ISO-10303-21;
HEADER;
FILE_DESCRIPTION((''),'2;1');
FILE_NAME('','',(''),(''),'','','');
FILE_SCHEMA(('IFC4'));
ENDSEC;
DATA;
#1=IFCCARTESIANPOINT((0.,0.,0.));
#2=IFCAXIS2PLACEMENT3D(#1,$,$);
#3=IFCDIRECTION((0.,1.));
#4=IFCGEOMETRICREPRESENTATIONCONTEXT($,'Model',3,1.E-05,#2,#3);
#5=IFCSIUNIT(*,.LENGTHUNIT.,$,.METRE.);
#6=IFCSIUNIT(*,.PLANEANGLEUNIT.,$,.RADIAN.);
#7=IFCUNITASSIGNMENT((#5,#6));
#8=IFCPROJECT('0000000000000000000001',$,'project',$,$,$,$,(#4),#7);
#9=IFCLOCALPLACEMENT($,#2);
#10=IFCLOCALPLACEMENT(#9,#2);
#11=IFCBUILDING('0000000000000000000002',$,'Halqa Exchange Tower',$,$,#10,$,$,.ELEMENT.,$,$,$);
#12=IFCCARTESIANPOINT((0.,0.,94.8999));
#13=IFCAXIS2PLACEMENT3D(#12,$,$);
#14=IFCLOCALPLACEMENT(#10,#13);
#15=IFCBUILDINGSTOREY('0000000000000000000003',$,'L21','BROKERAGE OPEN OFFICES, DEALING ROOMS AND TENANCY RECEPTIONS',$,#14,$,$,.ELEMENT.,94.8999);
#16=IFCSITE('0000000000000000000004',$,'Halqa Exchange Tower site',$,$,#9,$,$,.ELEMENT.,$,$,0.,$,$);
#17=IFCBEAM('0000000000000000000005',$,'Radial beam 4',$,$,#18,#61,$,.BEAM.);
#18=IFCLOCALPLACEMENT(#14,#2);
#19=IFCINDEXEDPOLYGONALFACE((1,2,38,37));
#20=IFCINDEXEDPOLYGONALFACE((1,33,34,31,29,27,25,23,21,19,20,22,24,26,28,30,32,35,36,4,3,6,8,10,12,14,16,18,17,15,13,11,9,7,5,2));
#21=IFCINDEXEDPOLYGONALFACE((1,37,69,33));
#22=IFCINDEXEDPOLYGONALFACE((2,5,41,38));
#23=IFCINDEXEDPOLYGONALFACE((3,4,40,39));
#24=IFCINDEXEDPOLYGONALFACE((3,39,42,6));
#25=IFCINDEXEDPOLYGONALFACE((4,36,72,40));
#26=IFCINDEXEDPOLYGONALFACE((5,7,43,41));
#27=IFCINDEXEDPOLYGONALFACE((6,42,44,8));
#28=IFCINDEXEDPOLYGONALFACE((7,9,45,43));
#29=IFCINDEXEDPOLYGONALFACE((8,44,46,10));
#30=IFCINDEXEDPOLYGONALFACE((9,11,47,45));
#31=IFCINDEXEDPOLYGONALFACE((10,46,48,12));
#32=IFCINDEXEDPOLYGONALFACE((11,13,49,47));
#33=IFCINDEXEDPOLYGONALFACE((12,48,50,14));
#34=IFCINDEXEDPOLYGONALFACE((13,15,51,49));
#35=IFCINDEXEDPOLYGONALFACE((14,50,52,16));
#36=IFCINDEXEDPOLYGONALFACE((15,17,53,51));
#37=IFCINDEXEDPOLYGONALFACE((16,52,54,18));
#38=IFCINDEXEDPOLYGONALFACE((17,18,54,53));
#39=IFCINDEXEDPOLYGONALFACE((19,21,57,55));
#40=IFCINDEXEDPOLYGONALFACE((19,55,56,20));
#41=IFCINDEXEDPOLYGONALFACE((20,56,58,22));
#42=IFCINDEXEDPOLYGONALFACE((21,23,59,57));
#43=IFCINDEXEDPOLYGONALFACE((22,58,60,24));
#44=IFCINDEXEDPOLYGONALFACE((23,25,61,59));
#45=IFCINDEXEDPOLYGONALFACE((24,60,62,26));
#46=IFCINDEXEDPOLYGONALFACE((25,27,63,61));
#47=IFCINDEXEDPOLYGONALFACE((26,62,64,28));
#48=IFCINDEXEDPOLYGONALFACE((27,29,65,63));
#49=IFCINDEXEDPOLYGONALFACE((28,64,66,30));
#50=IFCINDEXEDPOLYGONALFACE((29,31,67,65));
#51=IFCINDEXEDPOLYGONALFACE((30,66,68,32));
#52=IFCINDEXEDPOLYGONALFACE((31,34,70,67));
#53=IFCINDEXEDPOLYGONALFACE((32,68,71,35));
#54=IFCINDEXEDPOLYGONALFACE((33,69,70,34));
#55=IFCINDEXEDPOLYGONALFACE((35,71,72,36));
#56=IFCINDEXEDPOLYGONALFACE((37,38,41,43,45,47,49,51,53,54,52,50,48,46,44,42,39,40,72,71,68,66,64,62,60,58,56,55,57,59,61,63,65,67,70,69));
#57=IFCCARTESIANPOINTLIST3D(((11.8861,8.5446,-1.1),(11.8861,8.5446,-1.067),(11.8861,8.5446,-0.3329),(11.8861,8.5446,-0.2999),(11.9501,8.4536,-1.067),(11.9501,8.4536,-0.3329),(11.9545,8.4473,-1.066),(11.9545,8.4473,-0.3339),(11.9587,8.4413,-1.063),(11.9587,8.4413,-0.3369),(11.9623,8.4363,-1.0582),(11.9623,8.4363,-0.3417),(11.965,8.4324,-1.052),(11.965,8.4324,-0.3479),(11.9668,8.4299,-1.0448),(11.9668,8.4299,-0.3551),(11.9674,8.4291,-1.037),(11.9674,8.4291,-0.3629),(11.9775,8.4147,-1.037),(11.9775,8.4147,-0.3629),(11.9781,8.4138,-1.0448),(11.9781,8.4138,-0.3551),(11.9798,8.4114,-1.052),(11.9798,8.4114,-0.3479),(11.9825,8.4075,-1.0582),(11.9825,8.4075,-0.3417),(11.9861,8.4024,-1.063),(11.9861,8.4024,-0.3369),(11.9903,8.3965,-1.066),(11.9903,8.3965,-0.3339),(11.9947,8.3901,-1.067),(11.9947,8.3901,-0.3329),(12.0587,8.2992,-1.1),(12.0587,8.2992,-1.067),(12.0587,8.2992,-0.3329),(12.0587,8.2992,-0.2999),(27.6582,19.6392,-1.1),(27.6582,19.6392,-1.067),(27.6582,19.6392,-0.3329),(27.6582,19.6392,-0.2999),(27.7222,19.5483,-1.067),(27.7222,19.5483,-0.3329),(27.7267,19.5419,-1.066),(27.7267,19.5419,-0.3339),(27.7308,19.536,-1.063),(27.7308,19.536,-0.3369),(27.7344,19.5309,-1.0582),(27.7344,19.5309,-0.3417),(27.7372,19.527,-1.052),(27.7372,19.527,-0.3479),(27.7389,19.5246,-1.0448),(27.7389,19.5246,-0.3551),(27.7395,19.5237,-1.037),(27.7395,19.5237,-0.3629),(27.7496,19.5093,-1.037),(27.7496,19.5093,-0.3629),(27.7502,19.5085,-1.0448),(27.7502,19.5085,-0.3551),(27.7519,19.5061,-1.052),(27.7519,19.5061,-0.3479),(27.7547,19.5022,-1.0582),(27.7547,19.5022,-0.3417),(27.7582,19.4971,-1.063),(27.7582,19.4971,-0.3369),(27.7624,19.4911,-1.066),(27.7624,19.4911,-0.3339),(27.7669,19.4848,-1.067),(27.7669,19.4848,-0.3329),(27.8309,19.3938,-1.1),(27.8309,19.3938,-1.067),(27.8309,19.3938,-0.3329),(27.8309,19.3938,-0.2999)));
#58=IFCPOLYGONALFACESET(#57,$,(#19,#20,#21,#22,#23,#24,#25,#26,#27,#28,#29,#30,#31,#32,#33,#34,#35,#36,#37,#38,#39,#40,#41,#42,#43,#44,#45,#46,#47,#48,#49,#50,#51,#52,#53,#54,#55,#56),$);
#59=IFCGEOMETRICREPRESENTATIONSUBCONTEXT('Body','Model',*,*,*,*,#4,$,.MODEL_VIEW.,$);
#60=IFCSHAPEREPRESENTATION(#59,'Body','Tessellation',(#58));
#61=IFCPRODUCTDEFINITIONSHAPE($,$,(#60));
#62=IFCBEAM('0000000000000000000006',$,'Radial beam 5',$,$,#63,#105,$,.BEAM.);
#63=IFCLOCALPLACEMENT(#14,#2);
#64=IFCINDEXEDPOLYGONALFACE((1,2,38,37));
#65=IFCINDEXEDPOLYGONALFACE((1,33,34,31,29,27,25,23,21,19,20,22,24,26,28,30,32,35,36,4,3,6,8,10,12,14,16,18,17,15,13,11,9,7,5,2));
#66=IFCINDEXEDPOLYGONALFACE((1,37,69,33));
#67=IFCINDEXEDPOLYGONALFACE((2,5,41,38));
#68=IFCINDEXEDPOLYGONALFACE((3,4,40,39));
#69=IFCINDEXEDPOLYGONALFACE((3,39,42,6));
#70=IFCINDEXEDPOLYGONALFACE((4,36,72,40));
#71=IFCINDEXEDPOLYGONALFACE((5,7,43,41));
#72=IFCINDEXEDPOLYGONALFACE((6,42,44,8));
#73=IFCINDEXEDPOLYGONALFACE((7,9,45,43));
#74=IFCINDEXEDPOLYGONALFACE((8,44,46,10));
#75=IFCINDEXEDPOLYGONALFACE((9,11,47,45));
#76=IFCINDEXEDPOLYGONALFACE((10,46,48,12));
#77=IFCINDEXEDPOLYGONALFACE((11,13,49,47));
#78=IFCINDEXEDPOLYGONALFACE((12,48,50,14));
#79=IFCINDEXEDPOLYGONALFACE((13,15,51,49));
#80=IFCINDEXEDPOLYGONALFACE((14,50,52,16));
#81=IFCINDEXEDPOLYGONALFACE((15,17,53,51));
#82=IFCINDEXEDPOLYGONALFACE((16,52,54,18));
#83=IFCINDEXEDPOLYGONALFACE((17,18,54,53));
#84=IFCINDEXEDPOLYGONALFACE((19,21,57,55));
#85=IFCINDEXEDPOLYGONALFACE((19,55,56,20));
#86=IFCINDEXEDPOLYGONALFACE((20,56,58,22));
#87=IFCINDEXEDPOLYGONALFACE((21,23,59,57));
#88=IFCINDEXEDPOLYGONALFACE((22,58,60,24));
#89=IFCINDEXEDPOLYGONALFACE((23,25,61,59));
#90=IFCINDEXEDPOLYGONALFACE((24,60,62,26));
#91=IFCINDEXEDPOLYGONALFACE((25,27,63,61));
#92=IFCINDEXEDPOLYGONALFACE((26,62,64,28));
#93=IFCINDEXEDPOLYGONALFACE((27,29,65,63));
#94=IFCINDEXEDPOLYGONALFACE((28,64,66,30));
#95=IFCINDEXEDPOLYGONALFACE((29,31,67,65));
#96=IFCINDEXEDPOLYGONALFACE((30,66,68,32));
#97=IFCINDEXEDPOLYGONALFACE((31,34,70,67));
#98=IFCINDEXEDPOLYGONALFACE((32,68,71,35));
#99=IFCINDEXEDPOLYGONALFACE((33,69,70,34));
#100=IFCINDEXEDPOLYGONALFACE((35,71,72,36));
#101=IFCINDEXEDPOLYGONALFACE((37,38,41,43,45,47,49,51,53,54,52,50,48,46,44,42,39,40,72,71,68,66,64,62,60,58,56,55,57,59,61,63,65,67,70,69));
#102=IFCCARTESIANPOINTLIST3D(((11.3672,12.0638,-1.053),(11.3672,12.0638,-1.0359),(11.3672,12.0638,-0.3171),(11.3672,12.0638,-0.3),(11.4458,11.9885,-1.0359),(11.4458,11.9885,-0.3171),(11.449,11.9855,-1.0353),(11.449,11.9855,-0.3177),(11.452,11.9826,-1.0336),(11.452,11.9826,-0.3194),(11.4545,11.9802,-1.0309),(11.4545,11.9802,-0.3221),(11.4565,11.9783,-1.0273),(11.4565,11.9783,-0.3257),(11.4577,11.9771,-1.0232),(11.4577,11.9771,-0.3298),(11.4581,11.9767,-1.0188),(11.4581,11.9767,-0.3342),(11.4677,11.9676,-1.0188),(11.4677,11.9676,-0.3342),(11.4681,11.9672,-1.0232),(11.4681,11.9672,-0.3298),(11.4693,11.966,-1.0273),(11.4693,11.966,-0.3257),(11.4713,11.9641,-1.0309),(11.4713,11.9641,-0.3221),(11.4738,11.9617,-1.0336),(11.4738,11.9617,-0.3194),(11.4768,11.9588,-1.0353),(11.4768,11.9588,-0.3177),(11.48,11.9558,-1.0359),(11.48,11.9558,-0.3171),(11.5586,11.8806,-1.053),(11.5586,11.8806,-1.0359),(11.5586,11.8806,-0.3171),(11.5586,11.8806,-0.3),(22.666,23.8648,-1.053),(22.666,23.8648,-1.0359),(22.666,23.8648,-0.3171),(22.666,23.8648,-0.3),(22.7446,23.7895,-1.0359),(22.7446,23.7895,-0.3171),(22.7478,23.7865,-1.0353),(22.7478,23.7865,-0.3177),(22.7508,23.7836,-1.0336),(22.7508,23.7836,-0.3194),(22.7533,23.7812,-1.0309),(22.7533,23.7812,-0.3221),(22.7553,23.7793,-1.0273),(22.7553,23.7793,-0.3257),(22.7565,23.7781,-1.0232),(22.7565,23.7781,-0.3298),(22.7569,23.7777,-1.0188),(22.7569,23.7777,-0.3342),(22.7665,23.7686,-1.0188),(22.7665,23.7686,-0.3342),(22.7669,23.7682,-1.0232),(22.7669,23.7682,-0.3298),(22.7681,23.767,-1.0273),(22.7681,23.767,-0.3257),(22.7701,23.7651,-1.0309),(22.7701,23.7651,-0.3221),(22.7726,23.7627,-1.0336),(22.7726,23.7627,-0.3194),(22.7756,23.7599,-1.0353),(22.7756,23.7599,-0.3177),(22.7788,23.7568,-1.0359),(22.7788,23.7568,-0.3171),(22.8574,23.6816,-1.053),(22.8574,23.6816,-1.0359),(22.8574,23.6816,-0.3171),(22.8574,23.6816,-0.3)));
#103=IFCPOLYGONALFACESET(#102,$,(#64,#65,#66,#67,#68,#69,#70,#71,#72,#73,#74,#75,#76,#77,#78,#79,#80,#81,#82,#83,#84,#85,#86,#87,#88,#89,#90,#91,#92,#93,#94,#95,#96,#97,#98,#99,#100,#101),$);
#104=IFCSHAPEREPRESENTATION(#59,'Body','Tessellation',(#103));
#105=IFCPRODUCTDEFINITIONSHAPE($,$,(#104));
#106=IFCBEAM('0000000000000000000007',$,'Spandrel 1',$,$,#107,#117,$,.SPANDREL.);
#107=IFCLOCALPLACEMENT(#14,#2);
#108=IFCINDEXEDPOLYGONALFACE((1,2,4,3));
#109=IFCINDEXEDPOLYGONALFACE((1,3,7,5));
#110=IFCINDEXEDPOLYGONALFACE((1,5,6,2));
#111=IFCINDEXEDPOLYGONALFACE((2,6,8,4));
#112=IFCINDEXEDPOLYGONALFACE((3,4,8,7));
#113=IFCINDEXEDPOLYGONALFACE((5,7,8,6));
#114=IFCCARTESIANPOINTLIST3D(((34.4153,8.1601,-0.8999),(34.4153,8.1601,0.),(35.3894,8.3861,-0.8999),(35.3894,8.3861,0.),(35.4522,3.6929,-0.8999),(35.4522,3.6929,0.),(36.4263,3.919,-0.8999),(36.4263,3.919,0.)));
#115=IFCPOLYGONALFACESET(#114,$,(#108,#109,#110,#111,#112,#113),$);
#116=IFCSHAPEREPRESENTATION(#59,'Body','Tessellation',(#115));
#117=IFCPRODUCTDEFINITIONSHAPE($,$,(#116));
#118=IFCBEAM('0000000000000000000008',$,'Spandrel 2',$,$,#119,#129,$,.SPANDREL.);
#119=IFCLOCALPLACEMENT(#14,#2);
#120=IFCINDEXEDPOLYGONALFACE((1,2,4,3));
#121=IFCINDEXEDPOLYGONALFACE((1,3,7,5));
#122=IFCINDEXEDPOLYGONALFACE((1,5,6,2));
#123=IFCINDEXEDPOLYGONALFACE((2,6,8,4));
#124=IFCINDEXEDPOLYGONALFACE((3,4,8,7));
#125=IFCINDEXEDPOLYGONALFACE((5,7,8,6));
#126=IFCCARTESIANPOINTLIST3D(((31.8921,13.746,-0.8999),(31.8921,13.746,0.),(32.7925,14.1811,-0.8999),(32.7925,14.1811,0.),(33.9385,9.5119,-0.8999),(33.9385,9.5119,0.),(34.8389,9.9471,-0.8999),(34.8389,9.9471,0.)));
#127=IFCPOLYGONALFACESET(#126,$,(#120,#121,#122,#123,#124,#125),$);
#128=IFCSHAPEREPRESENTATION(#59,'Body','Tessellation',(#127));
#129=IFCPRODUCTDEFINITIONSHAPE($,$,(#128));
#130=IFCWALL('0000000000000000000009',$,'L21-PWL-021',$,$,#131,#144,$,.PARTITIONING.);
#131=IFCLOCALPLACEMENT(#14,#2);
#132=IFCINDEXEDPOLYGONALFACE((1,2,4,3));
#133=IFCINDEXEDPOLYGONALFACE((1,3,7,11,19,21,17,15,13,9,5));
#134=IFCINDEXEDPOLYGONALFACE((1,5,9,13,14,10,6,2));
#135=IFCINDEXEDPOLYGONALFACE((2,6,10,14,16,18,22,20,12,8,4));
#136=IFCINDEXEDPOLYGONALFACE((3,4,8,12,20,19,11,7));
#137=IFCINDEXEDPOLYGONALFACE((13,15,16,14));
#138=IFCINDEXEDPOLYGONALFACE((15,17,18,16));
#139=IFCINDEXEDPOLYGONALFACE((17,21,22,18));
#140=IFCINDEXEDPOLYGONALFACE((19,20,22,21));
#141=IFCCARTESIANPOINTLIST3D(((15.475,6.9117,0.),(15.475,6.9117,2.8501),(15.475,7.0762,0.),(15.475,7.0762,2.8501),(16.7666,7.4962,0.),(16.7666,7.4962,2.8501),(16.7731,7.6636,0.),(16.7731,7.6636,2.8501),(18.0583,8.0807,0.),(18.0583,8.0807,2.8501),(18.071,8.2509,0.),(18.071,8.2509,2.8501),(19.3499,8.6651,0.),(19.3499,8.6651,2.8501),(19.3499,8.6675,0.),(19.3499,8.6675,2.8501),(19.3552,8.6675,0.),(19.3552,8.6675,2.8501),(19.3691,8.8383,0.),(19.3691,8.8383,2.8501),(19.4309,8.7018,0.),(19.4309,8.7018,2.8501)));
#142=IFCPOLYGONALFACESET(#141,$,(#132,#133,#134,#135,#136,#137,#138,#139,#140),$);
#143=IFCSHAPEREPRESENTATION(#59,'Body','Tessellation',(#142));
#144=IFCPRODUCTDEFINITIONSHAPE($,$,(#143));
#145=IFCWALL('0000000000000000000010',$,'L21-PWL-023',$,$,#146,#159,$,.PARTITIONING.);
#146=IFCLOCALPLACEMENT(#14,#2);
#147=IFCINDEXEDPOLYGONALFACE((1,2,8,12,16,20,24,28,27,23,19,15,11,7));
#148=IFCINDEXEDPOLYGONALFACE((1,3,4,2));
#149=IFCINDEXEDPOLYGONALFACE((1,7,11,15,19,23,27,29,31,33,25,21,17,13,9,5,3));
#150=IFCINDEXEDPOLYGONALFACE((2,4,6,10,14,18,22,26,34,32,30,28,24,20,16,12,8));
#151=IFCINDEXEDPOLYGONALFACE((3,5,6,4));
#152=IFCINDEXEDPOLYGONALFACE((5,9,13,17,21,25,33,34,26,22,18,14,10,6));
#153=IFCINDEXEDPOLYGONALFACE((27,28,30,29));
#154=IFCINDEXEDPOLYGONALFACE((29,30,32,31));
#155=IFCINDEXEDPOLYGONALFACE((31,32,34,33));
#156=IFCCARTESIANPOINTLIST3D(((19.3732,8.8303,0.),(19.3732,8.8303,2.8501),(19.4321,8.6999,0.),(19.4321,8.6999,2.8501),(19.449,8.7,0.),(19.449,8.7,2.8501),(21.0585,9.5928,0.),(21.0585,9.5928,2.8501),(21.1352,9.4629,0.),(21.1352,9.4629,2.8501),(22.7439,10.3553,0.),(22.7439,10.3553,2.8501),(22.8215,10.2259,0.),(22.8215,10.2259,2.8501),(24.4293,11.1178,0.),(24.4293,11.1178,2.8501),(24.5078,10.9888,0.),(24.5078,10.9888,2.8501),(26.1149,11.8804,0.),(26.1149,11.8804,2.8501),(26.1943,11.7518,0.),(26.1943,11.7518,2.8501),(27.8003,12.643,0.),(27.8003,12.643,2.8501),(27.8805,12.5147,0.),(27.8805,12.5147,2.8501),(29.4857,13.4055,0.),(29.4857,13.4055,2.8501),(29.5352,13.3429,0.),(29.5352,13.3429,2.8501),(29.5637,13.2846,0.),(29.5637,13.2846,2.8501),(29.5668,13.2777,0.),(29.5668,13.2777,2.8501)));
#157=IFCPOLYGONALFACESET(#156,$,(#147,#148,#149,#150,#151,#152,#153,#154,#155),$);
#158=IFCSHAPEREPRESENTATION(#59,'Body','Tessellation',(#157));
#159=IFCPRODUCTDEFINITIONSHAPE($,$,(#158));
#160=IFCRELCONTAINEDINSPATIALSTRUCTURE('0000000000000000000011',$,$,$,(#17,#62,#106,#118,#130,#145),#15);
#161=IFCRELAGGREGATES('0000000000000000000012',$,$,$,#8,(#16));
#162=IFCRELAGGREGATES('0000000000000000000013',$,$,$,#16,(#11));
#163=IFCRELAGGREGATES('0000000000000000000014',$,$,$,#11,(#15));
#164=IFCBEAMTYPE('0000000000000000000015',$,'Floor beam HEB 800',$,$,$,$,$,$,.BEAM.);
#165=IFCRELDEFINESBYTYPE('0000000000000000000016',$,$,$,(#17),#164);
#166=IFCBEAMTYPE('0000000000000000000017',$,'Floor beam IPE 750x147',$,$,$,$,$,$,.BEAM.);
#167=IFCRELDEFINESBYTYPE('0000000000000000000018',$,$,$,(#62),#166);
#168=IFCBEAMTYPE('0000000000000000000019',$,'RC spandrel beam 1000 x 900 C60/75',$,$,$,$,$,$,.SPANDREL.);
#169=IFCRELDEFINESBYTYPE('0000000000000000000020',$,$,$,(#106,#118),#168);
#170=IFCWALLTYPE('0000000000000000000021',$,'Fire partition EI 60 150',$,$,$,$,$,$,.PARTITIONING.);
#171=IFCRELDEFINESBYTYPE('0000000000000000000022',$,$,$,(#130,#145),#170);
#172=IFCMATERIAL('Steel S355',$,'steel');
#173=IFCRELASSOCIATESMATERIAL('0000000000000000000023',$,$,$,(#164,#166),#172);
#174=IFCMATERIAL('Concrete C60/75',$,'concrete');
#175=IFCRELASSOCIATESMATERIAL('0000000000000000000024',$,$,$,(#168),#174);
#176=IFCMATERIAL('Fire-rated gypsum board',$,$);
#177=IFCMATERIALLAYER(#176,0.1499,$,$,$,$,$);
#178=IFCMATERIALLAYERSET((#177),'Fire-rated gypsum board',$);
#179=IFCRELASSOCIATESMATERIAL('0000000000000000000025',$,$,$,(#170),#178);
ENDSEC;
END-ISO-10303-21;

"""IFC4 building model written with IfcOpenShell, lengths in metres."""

from ifc_helpers import new_model, si_unit, direction, frame, origin, origin_2d, place, context, subcontext, project, spatial, polyline, rectangle, i_section, outline, extrude, material, layer, layer_set, material_profile, profile_set, type_object, element, save


model = new_model("IFC4")

# Units and contexts
model_context = context("Model", 3, precision=1e-05, world=origin(), true_north=direction((0.0, 1.0)))
body_context = subcontext(model_context, "Body", "Model", "MODEL_VIEW")
ifc_project = project(units=[si_unit("LENGTHUNIT", "METRE"), si_unit("PLANEANGLEUNIT", "RADIAN")], contexts=[model_context])

# Site, building, storey
site_placement = place(None, origin())
site = spatial("IfcSite", under=ifc_project, at=site_placement, Name="Halqa Exchange Tower site", CompositionType="ELEMENT", RefElevation=0.0)
building_placement = place(site_placement, origin())
building = spatial("IfcBuilding", under=site, at=building_placement, Name="Halqa Exchange Tower", CompositionType="ELEMENT")
storey_placement = place(building_placement, frame((0.0, 0.0, 94.8999)))
storey = spatial("IfcBuildingStorey", under=building, at=storey_placement, Name="L21", Description="BROKERAGE OPEN OFFICES, DEALING ROOMS AND TENANCY RECEPTIONS", CompositionType="ELEMENT", Elevation=94.8999)

# Beams
ifc_material_1 = material(Name="Steel S355", Category="steel")
ifc_material_profile_1 = material_profile(ifc_material_1, i_section(OverallWidth=0.3, OverallDepth=0.8, WebThickness=0.0176, FlangeThickness=0.033, FilletRadius=0.03, at=origin_2d()), Name="HEB 800")
ifc_profile_set_1 = profile_set([ifc_material_profile_1], Name="Steel S355")
beam_type_1 = type_object("IfcBeamType", Name="Floor beam HEB 800", PredefinedType="BEAM", material=ifc_profile_set_1)
beam_1_placement = place(storey_placement, frame((11.9724, 8.4219, -0.7), z_axis=(0.81791, 0.575346, 0.0), x_axis=(-0.575346, 0.81791, 0.0)))
element("IfcBeam", 1, at=beam_1_placement, inside=storey, type_object=beam_type_1, Name="Radial beam 4", PredefinedType="BEAM", context=body_context, shape_type="SweptSolid", body=[
    extrude(i_section(OverallWidth=0.3, OverallDepth=0.8, WebThickness=0.0176, FlangeThickness=0.033, FilletRadius=0.03, at=origin_2d()), origin(), (0.0, 0.0, 1.0), 19.2834),
])
ifc_material_profile_2 = material_profile(ifc_material_1, i_section(OverallWidth=0.2649, OverallDepth=0.7529, WebThickness=0.0132, FlangeThickness=0.0171, FilletRadius=0.0171, at=origin_2d()), Name="IPE 750x147")
ifc_profile_set_2 = profile_set([ifc_material_profile_2], Name="Steel S355")
beam_type_2 = type_object("IfcBeamType", Name="Floor beam IPE 750x147", PredefinedType="BEAM", material=ifc_profile_set_2)
beam_2_placement = place(storey_placement, frame((11.4629, 11.9722, -0.6765), z_axis=(0.691571, 0.722309, 0.0), x_axis=(-0.722309, 0.691571, 0.0)))
element("IfcBeam", 2, at=beam_2_placement, inside=storey, type_object=beam_type_2, Name="Radial beam 5", PredefinedType="BEAM", context=body_context, shape_type="SweptSolid", body=[
    extrude(i_section(OverallWidth=0.2649, OverallDepth=0.7529, WebThickness=0.0132, FlangeThickness=0.0171, FilletRadius=0.0171, at=origin_2d()), origin(), (0.0, 0.0, 1.0), 16.3379),
])
ifc_material_2 = material(Name="Concrete C60/75", Category="concrete")
ifc_material_profile_3 = material_profile(ifc_material_2, rectangle(XDim=1.0, YDim=0.8999, at=origin_2d()), Name="1000 x 900")
ifc_profile_set_3 = profile_set([ifc_material_profile_3], Name="Concrete C60/75")
beam_type_3 = type_object("IfcBeamType", Name="RC spandrel beam 1000 x 900 C60/75", PredefinedType="SPANDREL", material=ifc_profile_set_3)
beam_3_placement = place(storey_placement, frame((35.9392, 3.8059, -0.45), z_axis=(-0.226092, 0.974106, 0.0), x_axis=(-0.974106, -0.226092, 0.0)))
element("IfcBeam", 3, at=beam_3_placement, inside=storey, type_object=beam_type_3, Name="Spandrel 1", PredefinedType="SPANDREL", context=body_context, shape_type="SweptSolid", body=[
    extrude(rectangle(XDim=1.0, YDim=0.8999, at=origin_2d()), origin(), (0.0, 0.0, 1.0), 4.5859),
])
beam_4_placement = place(storey_placement, frame((34.3887, 9.7295, -0.45), z_axis=(-0.43515, 0.900358, 0.0), x_axis=(-0.900358, -0.43515, 0.0)))
element("IfcBeam", 4, at=beam_4_placement, inside=storey, type_object=beam_type_3, Name="Spandrel 2", PredefinedType="SPANDREL", context=body_context, shape_type="SweptSolid", body=[
    extrude(rectangle(XDim=1.0, YDim=0.8999, at=origin_2d()), origin(), (0.0, 0.0, 1.0), 4.7026),
])

# Walls
ifc_material_3 = material(Name="Fire-rated gypsum board")
ifc_layer_1 = layer(ifc_material_3, 0.1499)
ifc_layer_set_1 = layer_set([ifc_layer_1], Name="Fire-rated gypsum board")
wall_type_1 = type_object("IfcWallType", Name="Fire partition EI 60 150", PredefinedType="PARTITIONING", material=ifc_layer_set_1)
wall_1_placement = place(storey_placement, frame((15.4441, 6.98, 0.0), z_axis=(0.0, 0.0, 1.0), x_axis=(0.911064, 0.412265, 0.0)))
element("IfcWall", 5, at=wall_1_placement, inside=storey, type_object=wall_type_1, Name="L21-PWL-021", PredefinedType="PARTITIONING", context=body_context, shape_type="SweptSolid", body=[
    extrude(outline(polyline([(0.0, -0.075), (1.4177, -0.075), (2.8354, -0.075), (4.2532, -0.075), (4.2542, -0.0728), (4.259, -0.075), (4.342, -0.075), (4.342, 0.075), (2.9172, 0.075), (1.4927, 0.075), (0.0679, 0.075), (0.0, -0.075)])), origin(), (0.0, 0.0, 1.0), 2.8501),
])
wall_2_placement = place(storey_placement, frame((19.4041, 8.762, 0.0), z_axis=(0.0, 0.0, 1.0), x_axis=(0.91109, 0.412208, 0.0)))
element("IfcWall", 6, at=wall_2_placement, inside=storey, type_object=wall_type_1, Name="L21-PWL-023", PredefinedType="PARTITIONING", context=body_context, shape_type="SweptSolid", body=[
    extrude(outline(polyline([(11.1206, -0.075), (11.1206, -0.0674), (11.1187, -0.0024), (11.0994, 0.075), (9.2495, 0.075), (7.3997, 0.075), (5.5496, 0.075), (3.6997, 0.075), (1.8499, 0.075), (0.0, 0.075), (0.0, -0.0681), (0.0154, -0.075), (1.8662, -0.075), (3.717, -0.075), (5.5679, -0.075), (7.4189, -0.075), (9.2698, -0.075), (11.1206, -0.075)])), origin(), (0.0, 0.0, 1.0), 2.8501),
])

save(model, "model.ifc")
